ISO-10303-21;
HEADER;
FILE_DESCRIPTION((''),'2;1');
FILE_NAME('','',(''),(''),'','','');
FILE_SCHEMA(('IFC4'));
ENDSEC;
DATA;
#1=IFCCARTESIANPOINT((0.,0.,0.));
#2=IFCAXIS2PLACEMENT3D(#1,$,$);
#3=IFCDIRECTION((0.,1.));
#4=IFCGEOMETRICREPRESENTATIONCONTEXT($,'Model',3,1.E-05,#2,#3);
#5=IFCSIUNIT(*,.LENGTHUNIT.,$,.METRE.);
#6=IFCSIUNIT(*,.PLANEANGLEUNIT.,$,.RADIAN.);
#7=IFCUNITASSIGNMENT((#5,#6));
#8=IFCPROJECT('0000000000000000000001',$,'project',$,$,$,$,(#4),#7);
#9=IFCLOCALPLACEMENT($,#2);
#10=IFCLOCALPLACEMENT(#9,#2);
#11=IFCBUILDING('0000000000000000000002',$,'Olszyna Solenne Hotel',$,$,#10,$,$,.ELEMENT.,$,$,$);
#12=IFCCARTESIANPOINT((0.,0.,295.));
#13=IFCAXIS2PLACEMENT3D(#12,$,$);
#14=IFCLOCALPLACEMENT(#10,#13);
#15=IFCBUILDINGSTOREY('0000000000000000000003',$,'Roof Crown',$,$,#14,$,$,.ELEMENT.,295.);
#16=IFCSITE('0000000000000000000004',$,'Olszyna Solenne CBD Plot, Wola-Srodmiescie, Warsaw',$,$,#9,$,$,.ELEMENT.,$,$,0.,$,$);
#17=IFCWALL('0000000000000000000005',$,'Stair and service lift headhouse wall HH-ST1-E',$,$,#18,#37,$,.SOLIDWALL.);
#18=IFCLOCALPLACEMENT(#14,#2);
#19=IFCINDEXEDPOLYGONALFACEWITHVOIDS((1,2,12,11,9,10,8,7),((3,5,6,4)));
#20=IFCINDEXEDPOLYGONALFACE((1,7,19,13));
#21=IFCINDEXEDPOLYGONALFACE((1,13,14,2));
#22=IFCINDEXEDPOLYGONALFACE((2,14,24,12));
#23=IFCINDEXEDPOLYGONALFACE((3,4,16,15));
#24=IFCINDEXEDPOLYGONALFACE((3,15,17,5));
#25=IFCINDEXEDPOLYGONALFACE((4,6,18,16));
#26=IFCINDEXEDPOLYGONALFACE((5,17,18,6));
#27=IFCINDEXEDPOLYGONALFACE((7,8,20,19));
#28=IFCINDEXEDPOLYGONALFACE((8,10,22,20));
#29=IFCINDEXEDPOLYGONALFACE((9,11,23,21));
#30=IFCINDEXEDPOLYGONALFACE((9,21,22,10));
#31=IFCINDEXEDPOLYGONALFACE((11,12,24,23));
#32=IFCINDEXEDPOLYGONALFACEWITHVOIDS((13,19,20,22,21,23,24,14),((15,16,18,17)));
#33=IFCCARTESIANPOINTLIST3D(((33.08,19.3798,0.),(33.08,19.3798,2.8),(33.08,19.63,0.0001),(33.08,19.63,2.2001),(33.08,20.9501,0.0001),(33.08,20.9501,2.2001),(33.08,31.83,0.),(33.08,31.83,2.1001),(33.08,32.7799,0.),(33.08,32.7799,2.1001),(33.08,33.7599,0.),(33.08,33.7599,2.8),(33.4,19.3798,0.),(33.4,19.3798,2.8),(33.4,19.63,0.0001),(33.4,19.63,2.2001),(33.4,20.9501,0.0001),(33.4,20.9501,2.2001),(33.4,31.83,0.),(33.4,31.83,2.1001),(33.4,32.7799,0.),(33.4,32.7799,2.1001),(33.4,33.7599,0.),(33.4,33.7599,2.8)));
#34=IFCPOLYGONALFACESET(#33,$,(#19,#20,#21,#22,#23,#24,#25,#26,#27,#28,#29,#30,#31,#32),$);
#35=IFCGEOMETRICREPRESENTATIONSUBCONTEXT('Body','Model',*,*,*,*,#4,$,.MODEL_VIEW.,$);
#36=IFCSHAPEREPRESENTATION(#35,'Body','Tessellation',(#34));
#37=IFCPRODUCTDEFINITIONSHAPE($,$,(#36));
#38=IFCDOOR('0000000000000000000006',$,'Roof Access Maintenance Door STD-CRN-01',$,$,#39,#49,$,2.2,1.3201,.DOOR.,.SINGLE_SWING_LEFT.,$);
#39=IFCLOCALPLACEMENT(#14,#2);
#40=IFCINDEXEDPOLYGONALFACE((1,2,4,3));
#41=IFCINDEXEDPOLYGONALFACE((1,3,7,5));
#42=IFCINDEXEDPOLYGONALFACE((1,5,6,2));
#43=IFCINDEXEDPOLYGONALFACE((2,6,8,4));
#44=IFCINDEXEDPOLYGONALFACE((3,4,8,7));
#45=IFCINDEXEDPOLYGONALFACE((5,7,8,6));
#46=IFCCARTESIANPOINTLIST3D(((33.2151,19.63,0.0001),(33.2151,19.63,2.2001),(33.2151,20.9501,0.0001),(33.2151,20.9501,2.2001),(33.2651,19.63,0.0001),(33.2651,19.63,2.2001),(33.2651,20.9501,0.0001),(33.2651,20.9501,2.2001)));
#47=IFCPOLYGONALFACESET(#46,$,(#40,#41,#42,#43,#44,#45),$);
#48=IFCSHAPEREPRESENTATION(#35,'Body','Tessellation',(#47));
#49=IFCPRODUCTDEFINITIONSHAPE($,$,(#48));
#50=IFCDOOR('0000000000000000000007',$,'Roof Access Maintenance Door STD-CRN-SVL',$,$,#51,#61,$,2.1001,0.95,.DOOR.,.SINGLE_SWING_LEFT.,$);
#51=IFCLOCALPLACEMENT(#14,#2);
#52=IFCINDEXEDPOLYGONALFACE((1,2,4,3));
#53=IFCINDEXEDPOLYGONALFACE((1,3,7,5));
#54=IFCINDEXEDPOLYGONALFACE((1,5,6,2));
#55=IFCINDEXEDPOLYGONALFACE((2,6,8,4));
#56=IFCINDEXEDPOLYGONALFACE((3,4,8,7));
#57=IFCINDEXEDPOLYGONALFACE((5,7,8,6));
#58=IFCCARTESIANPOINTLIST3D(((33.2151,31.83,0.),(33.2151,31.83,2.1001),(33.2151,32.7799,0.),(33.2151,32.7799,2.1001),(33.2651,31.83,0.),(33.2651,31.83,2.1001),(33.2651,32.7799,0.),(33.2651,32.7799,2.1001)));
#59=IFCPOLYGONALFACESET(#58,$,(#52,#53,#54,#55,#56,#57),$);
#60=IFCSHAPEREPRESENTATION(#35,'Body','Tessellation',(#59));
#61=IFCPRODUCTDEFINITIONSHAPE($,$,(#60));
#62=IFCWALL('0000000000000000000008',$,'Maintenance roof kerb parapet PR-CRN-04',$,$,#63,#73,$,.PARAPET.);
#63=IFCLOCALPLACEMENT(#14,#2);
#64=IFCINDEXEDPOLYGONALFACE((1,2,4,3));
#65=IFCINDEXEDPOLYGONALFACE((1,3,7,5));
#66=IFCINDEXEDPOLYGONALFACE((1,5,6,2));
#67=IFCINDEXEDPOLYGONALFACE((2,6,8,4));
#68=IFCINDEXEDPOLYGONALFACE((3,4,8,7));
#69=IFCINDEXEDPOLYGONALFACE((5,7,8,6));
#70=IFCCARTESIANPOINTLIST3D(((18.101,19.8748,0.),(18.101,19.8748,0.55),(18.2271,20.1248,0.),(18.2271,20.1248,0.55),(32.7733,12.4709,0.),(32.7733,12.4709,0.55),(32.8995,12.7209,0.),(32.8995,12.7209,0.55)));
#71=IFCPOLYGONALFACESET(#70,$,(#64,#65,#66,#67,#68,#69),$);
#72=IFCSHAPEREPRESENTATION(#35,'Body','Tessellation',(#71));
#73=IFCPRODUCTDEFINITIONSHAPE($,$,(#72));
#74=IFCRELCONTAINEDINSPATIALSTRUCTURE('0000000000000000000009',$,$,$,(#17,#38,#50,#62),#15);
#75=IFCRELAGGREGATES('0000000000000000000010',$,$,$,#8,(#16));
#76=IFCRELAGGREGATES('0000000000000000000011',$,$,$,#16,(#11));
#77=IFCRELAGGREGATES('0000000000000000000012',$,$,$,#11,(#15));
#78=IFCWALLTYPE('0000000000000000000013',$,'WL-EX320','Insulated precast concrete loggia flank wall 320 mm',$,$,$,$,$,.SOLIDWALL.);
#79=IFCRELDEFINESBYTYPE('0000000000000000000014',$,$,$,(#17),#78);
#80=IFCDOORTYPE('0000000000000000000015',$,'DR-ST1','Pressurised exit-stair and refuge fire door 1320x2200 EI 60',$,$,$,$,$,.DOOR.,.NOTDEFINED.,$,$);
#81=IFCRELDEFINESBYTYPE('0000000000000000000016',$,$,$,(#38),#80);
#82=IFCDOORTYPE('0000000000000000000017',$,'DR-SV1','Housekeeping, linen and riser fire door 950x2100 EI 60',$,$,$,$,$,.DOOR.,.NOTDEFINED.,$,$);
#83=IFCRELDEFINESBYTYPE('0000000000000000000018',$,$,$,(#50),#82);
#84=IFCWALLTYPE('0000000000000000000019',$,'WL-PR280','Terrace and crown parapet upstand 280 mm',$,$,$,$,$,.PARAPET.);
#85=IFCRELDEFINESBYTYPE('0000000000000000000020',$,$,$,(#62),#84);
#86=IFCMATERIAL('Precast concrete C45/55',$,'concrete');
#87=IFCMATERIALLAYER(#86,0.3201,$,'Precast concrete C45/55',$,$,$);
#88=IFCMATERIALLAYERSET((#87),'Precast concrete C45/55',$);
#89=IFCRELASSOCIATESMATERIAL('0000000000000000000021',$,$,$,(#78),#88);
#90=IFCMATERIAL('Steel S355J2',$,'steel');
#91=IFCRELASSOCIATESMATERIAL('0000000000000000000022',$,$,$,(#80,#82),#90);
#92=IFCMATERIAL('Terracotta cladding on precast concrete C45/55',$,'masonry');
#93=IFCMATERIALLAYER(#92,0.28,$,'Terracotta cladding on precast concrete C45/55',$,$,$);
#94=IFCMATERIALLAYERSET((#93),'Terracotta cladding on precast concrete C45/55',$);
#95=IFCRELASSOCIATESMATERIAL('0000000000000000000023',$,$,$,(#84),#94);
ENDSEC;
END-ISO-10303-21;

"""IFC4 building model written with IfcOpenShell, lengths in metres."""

from ifc_helpers import new_model, si_unit, direction, frame, frame_2d, origin, place, context, subcontext, project, spatial, rectangle, extrude, source, transform, mapped, material, layer, layer_set, type_object, type_shapes, element, fill, save


model = new_model("IFC4")

# Units and contexts
model_context = context("Model", 3, precision=1e-05, world=origin(), true_north=direction((0.0, 1.0)))
body_context = subcontext(model_context, "Body", "Model", "MODEL_VIEW")
ifc_project = project(units=[si_unit("LENGTHUNIT", "METRE"), si_unit("PLANEANGLEUNIT", "RADIAN")], contexts=[model_context])

# Site, building, storey
site_placement = place(None, origin())
site = spatial("IfcSite", under=ifc_project, at=site_placement, Name="Olszyna Solenne CBD Plot, Wola-Srodmiescie, Warsaw", CompositionType="ELEMENT", RefElevation=0.0)
building_placement = place(site_placement, origin())
building = spatial("IfcBuilding", under=site, at=building_placement, Name="Olszyna Solenne Hotel", CompositionType="ELEMENT")
storey_placement = place(building_placement, frame((0.0, 0.0, 295.0)))
storey = spatial("IfcBuildingStorey", under=building, at=storey_placement, Name="Roof Crown", CompositionType="ELEMENT", Elevation=295.0)

# Shared definitions
ifc_material_1 = material(Name="Steel S355J2", Category="steel")

# Shared definitions
ifc_material_2 = material(Name="Precast concrete C45/55", Category="concrete")
ifc_layer_1 = layer(ifc_material_2, 0.3201, Name="Precast concrete C45/55")
ifc_layer_set_1 = layer_set([ifc_layer_1], Name="Precast concrete C45/55")
wall_type_1 = type_object("IfcWallType", Name="WL-EX320", Description="Insulated precast concrete loggia flank wall 320 mm", PredefinedType="SOLIDWALL", material=ifc_layer_set_1)

# Wall, openings, doors
wall_1_placement = place(storey_placement, frame((33.24, 19.3799, 0.0), z_axis=(0.0, 0.0, 1.0), x_axis=(0.0, 1.0, 0.0)))
wall_1 = element("IfcWall", 1, at=wall_1_placement, inside=storey, type_object=wall_type_1, Name="Stair and service lift headhouse wall HH-ST1-E", PredefinedType="SOLIDWALL", context=body_context, shape_type="SweptSolid", body=[
    extrude(rectangle(XDim=14.3801, YDim=0.3201, at=frame_2d((7.1899, 0.0))), origin(), (0.0, 0.0, 1.0), 2.8),
])
opening_1_placement = place(wall_1_placement, frame((0.25, 0.0, 0.0)))
opening_1 = element("IfcOpeningElement", 2, at=opening_1_placement, cuts=wall_1, PredefinedType="OPENING", context=body_context, shape_type="SweptSolid", body=[
    extrude(rectangle(XDim=1.3201, YDim=2.2, at=frame_2d((0.6602, 1.1001))), frame((0.0, 0.1699, 0.0), z_axis=(0.0, -1.0, 0.0), x_axis=(1.0, 0.0, 0.0)), (0.0, 0.0, 1.0), 0.3401),
])
opening_2_placement = place(wall_1_placement, frame((12.45, 0.0, 0.0)))
opening_2 = element("IfcOpeningElement", 3, at=opening_2_placement, cuts=wall_1, PredefinedType="OPENING", context=body_context, shape_type="SweptSolid", body=[
    extrude(rectangle(XDim=0.95, YDim=2.1001, at=frame_2d((0.4751, 1.05))), frame((0.0, 0.1699, 0.0), z_axis=(0.0, -1.0, 0.0), x_axis=(1.0, 0.0, 0.0)), (0.0, 0.0, 1.0), 0.3401),
])
door_type_1 = type_object("IfcDoorType", Name="DR-ST1", Description="Pressurised exit-stair and refuge fire door 1320x2200 EI 60", OperationType="NOTDEFINED", PredefinedType="DOOR", material=ifc_material_1)
shared_shape_1 = source(origin(), body_context, "Body", "SweptSolid", [
    extrude(rectangle(XDim=1.3201, YDim=2.2, at=frame_2d((0.6602, 1.1001))), frame((0.0, 0.0249, 0.0), z_axis=(0.0, -1.0, 0.0), x_axis=(1.0, 0.0, 0.0)), (0.0, 0.0, 1.0), 0.05),
])
type_shapes(door_type_1, [shared_shape_1])
door_1_placement = place(opening_1_placement, origin())
door_1 = element("IfcDoor", 4, at=door_1_placement, inside=storey, type_object=door_type_1, Name="Roof Access Maintenance Door STD-CRN-01", OperationType="SINGLE_SWING_LEFT", OverallHeight=2.2, OverallWidth=1.3201, PredefinedType="DOOR", context=body_context, shape_type="MappedRepresentation", body=[
    mapped(shared_shape_1, transform((0.0, 0.0, 0.0), x_axis=(1.0, 0.0, 0.0), y_axis=(0.0, 1.0, 0.0), z_axis=(0.0, 0.0, 1.0), scale=1.0)),
])
fill(opening_1, door_1)
door_type_2 = type_object("IfcDoorType", Name="DR-SV1", Description="Housekeeping, linen and riser fire door 950x2100 EI 60", OperationType="NOTDEFINED", PredefinedType="DOOR", material=ifc_material_1)
shared_shape_2 = source(origin(), body_context, "Body", "SweptSolid", [
    extrude(rectangle(XDim=0.95, YDim=2.1001, at=frame_2d((0.4751, 1.05))), frame((0.0, 0.0249, 0.0), z_axis=(0.0, -1.0, 0.0), x_axis=(1.0, 0.0, 0.0)), (0.0, 0.0, 1.0), 0.05),
])
type_shapes(door_type_2, [shared_shape_2])
door_2_placement = place(opening_2_placement, origin())
door_2 = element("IfcDoor", 5, at=door_2_placement, inside=storey, type_object=door_type_2, Name="Roof Access Maintenance Door STD-CRN-SVL", OperationType="SINGLE_SWING_LEFT", OverallHeight=2.1001, OverallWidth=0.95, PredefinedType="DOOR", context=body_context, shape_type="MappedRepresentation", body=[
    mapped(shared_shape_2, transform((0.0, 0.0, 0.0), x_axis=(1.0, 0.0, 0.0), y_axis=(0.0, 1.0, 0.0), z_axis=(0.0, 0.0, 1.0), scale=1.0)),
])
fill(opening_2, door_2)

# Wall
ifc_material_3 = material(Name="Terracotta cladding on precast concrete C45/55", Category="masonry")
ifc_layer_2 = layer(ifc_material_3, 0.28, Name="Terracotta cladding on precast concrete C45/55")
ifc_layer_set_2 = layer_set([ifc_layer_2], Name="Terracotta cladding on precast concrete C45/55")
wall_type_2 = type_object("IfcWallType", Name="WL-PR280", Description="Terrace and crown parapet upstand 280 mm", PredefinedType="PARAPET", material=ifc_layer_set_2)
wall_2_placement = place(storey_placement, frame((32.8364, 12.5959, 0.0), z_axis=(0.0, 0.0, 1.0), x_axis=(-0.892775, 0.450503, 0.0)))
element("IfcWall", 6, at=wall_2_placement, inside=storey, type_object=wall_type_2, Name="Maintenance roof kerb parapet PR-CRN-04", PredefinedType="PARAPET", context=body_context, shape_type="SweptSolid", body=[
    extrude(rectangle(XDim=16.4346, YDim=0.28, at=frame_2d((8.2173, 0.0))), origin(), (0.0, 0.0, 1.0), 0.55),
])

save(model, "model.ifc")
